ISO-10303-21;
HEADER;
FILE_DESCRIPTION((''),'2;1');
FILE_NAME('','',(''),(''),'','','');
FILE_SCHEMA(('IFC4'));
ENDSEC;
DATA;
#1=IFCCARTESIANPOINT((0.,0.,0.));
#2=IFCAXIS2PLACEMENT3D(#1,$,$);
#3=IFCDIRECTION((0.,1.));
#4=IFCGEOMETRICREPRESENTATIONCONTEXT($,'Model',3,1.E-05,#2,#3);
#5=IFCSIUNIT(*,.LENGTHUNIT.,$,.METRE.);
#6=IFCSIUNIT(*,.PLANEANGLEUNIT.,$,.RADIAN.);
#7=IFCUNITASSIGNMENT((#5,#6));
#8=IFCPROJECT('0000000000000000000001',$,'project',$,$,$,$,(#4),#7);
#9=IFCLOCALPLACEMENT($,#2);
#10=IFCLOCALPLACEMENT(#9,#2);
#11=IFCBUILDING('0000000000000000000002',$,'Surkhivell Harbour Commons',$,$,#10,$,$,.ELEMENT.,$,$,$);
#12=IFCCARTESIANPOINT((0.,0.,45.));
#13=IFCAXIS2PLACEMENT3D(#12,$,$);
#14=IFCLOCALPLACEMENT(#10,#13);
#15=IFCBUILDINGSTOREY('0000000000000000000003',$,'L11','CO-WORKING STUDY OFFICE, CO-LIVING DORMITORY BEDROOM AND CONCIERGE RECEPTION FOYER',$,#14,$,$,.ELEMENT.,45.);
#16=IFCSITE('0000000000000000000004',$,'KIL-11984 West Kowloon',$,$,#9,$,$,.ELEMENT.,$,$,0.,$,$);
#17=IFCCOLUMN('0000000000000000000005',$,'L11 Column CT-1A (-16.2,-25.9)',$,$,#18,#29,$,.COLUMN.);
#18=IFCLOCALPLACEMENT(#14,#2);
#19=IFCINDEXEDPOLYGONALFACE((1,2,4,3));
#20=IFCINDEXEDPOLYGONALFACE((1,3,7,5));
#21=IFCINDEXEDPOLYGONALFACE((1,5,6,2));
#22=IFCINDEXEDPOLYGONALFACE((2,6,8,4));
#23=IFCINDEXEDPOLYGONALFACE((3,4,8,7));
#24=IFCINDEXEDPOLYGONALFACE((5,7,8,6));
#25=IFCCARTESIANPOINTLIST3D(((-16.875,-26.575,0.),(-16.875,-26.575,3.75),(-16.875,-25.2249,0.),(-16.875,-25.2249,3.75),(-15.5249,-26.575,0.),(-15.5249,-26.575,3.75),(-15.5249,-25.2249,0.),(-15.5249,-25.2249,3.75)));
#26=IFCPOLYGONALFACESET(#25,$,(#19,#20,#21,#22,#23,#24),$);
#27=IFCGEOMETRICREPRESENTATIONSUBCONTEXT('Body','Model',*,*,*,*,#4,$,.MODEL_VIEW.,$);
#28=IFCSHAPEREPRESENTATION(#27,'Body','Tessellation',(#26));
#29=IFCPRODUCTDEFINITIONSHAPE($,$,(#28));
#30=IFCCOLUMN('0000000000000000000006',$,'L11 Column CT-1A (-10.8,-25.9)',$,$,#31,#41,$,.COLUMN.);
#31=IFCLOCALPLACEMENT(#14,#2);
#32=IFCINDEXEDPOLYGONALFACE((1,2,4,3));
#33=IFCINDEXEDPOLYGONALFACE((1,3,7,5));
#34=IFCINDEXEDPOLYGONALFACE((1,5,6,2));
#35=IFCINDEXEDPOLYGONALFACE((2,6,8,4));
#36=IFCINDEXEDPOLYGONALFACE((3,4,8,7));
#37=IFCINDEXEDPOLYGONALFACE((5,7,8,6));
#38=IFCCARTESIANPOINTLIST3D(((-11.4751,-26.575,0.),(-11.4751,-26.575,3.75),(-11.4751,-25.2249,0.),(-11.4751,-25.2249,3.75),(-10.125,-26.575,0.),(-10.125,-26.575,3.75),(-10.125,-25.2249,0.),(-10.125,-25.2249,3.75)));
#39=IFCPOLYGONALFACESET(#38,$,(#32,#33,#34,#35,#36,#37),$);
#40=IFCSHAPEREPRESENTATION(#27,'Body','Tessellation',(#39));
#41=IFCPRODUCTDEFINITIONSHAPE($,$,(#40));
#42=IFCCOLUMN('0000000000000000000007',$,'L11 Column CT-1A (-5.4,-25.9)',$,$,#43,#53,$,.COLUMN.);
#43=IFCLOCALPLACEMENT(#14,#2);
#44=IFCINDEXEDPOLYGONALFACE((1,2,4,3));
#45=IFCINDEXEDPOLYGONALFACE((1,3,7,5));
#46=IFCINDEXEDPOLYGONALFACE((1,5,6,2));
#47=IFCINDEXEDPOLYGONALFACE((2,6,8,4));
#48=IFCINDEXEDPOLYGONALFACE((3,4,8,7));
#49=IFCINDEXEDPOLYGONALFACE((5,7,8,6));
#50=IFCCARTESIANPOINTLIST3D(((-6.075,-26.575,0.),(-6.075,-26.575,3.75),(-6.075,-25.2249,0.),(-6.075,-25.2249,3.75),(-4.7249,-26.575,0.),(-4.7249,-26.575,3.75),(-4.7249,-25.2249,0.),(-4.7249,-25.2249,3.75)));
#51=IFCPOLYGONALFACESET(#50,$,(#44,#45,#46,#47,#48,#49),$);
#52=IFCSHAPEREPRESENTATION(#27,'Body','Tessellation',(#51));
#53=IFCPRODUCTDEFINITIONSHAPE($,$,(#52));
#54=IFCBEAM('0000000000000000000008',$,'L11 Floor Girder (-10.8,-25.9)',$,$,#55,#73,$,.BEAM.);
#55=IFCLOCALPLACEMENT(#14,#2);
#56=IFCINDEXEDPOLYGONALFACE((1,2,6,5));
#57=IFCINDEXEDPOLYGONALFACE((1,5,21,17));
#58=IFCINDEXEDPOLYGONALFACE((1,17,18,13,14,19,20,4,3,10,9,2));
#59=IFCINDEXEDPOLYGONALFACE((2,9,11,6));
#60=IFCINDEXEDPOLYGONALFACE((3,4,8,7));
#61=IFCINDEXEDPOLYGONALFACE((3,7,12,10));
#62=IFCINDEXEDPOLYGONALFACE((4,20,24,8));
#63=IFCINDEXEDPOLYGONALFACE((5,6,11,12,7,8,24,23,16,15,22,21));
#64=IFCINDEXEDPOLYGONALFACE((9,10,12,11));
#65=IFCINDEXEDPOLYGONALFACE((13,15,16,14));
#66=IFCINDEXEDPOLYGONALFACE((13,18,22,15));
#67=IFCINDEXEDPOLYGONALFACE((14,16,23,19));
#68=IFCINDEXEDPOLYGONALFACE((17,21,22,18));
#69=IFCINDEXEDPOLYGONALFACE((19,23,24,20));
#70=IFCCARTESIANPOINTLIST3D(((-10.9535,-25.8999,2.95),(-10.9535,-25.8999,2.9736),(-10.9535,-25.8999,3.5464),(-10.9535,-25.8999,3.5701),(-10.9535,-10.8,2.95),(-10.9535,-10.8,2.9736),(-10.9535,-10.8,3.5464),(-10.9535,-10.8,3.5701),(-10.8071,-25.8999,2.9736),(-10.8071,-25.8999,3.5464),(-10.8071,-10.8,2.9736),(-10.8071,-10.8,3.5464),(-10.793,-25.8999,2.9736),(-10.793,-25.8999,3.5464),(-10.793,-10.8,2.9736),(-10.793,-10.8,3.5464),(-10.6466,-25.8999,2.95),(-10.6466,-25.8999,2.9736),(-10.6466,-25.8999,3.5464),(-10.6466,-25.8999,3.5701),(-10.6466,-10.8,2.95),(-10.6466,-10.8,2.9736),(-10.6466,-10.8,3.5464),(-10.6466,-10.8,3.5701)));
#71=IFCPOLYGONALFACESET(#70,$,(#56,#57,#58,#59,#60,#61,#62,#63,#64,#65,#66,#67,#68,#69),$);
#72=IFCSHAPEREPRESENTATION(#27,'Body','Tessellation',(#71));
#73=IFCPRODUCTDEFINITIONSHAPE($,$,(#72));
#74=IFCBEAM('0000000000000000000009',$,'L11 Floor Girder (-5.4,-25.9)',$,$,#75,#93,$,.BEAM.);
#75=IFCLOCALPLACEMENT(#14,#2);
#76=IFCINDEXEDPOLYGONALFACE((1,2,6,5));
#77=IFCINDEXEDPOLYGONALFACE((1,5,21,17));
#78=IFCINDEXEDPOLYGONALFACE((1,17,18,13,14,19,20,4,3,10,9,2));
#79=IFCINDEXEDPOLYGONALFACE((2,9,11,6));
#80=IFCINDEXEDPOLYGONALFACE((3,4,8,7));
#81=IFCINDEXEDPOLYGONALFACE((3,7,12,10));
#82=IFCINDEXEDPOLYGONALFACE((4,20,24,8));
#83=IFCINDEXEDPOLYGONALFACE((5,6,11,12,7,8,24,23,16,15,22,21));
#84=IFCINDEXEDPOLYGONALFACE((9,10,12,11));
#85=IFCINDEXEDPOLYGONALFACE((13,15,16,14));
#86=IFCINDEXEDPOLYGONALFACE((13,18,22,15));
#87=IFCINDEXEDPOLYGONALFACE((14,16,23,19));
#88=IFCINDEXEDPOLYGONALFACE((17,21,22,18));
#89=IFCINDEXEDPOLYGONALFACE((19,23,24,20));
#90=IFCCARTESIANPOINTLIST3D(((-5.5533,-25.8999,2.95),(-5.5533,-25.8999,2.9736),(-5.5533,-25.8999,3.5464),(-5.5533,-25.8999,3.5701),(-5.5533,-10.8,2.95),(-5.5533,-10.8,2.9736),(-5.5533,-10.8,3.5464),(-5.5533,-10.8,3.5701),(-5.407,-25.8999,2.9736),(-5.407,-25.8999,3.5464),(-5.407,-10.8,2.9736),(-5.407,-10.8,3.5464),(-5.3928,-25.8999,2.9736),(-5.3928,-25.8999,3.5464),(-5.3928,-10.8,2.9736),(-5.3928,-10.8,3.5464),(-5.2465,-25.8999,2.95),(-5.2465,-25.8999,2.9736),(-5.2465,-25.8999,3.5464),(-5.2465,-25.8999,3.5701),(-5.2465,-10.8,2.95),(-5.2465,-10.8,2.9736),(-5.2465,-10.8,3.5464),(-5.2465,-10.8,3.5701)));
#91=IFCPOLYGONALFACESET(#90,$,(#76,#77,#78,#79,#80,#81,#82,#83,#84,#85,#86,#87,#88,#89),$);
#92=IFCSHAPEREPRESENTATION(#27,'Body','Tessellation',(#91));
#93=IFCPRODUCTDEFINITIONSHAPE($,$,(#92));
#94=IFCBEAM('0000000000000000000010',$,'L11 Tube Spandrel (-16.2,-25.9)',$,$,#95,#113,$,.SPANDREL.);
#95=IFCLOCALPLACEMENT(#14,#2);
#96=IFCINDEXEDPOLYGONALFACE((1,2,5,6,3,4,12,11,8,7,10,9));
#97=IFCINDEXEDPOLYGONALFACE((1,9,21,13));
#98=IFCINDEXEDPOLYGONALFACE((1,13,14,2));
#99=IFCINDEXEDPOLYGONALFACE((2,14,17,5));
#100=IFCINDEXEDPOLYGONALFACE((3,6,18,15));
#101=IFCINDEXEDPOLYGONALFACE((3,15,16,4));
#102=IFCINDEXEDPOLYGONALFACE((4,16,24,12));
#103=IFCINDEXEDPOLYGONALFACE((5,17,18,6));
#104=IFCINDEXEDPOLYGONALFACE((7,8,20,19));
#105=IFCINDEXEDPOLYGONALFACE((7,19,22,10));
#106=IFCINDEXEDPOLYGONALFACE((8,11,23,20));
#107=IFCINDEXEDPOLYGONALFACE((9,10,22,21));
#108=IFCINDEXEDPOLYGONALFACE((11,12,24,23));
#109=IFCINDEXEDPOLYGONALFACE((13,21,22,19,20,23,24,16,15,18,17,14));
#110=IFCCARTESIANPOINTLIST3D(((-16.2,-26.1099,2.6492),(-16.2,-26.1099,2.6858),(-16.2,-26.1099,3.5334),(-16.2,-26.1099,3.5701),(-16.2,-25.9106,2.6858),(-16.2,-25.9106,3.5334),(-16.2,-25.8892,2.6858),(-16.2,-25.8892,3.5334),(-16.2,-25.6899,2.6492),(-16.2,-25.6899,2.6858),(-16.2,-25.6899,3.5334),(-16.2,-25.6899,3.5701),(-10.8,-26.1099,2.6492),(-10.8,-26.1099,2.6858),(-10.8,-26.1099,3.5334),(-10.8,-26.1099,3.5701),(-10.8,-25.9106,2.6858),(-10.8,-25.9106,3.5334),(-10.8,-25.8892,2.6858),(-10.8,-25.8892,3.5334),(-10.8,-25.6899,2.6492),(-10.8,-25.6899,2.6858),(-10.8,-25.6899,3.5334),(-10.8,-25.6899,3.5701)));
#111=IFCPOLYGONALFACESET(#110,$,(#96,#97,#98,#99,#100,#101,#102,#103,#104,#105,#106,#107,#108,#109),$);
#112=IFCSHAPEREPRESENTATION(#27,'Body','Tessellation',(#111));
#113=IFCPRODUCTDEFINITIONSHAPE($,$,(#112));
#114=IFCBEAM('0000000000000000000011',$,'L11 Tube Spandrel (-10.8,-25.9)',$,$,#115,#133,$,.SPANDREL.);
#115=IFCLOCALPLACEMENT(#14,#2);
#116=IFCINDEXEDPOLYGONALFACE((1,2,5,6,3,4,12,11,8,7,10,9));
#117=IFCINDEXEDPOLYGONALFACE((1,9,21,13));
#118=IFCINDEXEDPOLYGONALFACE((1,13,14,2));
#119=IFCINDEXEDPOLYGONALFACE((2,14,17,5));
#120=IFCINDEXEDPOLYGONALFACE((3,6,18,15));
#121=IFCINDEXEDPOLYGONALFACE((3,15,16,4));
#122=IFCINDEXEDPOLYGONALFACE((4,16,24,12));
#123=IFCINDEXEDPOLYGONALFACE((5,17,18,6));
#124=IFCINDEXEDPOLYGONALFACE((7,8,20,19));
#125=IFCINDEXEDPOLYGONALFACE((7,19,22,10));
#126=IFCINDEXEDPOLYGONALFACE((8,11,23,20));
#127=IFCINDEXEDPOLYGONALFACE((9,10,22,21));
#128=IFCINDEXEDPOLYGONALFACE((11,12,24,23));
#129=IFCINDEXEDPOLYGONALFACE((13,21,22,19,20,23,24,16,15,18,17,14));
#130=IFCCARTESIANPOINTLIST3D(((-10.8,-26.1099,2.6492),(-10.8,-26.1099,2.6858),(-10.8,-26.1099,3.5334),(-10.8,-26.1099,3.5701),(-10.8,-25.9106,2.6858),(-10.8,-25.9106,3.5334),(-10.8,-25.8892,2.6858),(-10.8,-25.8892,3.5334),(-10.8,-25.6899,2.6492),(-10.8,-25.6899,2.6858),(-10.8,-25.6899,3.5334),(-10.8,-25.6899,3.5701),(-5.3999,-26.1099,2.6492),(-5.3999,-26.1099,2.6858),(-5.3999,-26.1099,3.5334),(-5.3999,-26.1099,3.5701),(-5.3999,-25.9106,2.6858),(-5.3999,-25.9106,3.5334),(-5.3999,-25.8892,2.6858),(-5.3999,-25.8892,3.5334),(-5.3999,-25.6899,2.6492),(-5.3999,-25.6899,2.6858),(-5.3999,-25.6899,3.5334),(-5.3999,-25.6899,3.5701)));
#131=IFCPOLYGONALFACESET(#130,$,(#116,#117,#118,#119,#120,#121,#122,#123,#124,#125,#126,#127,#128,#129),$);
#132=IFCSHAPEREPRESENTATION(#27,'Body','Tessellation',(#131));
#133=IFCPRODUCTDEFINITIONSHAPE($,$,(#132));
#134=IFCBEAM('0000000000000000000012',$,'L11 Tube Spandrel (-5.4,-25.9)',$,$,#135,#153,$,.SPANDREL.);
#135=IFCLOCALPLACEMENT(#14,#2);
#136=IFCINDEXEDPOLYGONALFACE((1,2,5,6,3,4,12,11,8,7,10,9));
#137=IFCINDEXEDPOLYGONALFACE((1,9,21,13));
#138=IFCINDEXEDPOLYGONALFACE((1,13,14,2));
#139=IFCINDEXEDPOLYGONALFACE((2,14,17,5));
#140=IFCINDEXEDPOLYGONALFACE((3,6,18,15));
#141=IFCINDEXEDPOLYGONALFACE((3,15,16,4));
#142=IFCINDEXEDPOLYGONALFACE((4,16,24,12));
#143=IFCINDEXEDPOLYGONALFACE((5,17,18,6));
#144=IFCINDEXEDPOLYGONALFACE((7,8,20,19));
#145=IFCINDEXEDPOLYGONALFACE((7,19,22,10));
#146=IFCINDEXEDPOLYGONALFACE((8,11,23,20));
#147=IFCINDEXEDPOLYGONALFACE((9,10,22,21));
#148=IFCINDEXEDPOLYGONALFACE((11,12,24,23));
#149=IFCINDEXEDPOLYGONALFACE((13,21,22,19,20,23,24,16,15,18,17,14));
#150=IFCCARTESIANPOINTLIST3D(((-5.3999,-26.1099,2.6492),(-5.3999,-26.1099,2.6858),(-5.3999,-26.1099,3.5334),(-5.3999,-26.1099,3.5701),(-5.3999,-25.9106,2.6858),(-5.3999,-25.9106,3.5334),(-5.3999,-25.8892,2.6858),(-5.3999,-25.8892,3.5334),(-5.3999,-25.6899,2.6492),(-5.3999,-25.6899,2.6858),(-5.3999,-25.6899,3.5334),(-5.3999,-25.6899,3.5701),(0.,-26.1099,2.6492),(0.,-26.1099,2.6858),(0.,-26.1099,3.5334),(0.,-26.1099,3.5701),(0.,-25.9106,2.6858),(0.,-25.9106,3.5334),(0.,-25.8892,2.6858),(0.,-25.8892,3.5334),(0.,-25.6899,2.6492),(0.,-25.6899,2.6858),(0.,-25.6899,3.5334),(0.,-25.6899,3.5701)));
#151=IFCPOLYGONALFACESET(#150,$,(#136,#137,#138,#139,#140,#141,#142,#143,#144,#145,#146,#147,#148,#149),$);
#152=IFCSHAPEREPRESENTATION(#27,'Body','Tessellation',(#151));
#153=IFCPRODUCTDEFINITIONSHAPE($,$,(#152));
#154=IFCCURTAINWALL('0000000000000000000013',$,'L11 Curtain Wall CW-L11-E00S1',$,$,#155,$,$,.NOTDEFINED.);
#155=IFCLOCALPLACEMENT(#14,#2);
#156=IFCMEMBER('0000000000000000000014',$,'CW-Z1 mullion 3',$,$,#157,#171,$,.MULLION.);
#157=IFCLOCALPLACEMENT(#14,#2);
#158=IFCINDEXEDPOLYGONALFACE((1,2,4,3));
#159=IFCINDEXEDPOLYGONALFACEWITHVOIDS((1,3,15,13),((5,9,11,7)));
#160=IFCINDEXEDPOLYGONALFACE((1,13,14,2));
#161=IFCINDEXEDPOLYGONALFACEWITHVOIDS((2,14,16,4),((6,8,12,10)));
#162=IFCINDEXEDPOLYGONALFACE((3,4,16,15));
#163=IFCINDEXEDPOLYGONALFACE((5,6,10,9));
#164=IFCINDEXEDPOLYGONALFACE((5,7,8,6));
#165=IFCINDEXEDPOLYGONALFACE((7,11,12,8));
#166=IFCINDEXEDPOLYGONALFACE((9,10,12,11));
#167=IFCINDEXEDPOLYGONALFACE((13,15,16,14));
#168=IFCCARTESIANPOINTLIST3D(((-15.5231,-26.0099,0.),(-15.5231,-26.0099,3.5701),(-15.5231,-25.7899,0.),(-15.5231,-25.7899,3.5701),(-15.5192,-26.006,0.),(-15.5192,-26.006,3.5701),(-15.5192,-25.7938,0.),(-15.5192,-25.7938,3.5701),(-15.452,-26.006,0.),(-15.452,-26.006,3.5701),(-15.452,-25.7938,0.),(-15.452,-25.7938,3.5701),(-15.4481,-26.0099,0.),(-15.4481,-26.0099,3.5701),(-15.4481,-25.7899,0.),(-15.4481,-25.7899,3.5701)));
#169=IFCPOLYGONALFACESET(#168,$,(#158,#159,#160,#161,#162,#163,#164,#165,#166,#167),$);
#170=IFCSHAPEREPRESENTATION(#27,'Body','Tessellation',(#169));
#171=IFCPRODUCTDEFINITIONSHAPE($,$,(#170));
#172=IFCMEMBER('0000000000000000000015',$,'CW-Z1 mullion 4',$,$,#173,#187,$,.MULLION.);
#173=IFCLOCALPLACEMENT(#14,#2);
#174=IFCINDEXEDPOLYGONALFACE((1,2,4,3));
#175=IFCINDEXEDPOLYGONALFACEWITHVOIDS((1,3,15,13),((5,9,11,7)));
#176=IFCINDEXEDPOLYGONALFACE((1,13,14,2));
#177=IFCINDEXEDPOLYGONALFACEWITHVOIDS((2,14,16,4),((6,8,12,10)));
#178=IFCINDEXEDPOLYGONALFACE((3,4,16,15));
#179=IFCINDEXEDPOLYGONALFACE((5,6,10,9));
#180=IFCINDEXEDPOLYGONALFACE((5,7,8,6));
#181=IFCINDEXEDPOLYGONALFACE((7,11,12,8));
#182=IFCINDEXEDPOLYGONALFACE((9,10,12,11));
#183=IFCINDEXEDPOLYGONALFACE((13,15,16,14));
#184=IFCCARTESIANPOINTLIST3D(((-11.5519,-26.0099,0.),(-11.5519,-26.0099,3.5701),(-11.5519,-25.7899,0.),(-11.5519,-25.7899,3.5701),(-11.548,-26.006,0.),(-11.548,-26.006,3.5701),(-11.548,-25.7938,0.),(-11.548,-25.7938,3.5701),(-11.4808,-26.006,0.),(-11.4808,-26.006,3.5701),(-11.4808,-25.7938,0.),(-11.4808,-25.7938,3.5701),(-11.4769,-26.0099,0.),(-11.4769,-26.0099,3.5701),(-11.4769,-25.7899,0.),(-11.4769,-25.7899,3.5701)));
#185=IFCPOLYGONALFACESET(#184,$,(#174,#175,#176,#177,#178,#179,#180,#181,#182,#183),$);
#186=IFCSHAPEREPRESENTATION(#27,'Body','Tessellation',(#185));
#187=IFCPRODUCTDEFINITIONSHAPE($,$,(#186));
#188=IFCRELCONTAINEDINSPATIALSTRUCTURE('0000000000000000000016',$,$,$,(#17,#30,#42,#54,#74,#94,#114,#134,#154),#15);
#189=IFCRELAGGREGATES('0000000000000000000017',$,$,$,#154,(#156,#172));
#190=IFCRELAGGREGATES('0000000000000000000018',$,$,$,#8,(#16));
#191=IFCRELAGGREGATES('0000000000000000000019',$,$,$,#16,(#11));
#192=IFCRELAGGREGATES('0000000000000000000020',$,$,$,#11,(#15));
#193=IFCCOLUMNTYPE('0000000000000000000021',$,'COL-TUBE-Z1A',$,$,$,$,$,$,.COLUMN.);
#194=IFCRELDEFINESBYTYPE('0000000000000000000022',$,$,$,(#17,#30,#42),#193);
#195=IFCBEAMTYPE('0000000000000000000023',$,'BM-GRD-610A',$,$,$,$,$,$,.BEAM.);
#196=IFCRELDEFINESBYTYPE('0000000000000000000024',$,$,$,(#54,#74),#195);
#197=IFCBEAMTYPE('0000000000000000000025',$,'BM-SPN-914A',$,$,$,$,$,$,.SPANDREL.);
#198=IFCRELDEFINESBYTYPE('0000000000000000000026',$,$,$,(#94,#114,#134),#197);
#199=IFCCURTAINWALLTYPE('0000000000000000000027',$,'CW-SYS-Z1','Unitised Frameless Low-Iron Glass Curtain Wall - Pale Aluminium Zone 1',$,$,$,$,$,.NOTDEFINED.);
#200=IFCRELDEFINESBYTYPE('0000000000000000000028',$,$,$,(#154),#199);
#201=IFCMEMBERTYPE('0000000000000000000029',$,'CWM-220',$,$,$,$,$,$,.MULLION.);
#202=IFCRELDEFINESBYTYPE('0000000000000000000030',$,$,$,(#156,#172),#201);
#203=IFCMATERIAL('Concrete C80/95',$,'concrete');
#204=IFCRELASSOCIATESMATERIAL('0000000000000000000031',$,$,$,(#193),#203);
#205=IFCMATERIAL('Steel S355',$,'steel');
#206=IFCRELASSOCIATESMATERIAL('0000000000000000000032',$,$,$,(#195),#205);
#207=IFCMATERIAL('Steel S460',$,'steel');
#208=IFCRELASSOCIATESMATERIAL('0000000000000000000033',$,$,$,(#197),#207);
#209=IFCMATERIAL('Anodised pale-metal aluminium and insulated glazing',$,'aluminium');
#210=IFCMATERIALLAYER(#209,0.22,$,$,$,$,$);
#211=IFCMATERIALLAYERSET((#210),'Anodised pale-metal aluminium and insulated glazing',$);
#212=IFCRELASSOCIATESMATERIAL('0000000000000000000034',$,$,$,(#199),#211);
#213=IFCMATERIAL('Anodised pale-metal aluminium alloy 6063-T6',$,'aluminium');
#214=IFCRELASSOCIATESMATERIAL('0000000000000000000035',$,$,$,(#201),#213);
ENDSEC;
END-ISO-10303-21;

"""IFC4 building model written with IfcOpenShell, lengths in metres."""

from ifc_helpers import new_model, si_unit, direction, frame, origin, origin_2d, place, context, subcontext, project, spatial, rectangle, hollow_rectangle, i_section, extrude, material, layer, layer_set, material_profile, profile_set, type_object, element, aggregate, save


model = new_model("IFC4")

# Units and contexts
model_context = context("Model", 3, precision=1e-05, world=origin(), true_north=direction((0.0, 1.0)))
body_context = subcontext(model_context, "Body", "Model", "MODEL_VIEW")
ifc_project = project(units=[si_unit("LENGTHUNIT", "METRE"), si_unit("PLANEANGLEUNIT", "RADIAN")], contexts=[model_context])

# Site, building, storey
site_placement = place(None, origin())
site = spatial("IfcSite", under=ifc_project, at=site_placement, Name="KIL-11984 West Kowloon", CompositionType="ELEMENT", RefElevation=0.0)
building_placement = place(site_placement, origin())
building = spatial("IfcBuilding", under=site, at=building_placement, Name="Surkhivell Harbour Commons", CompositionType="ELEMENT")
storey_placement = place(building_placement, frame((0.0, 0.0, 45.0)))
storey = spatial("IfcBuildingStorey", under=building, at=storey_placement, Name="L11", Description="CO-WORKING STUDY OFFICE, CO-LIVING DORMITORY BEDROOM AND CONCIERGE RECEPTION FOYER", CompositionType="ELEMENT", Elevation=45.0)

# Columns
ifc_material_1 = material(Name="Concrete C80/95", Category="concrete")
ifc_material_profile_1 = material_profile(ifc_material_1, rectangle(XDim=1.3501, YDim=1.3501, at=origin_2d()), Name="RC-COL-1350x1350")
ifc_profile_set_1 = profile_set([ifc_material_profile_1], Name="Concrete C80/95")
column_type = type_object("IfcColumnType", Name="COL-TUBE-Z1A", PredefinedType="COLUMN", material=ifc_profile_set_1)
for number, where, z_axis, x_axis, name in (
    (1, (-16.2, -25.8999, 0.0), (0.0, 0.0, 1.0), (1.0, 0.0, 0.0), "L11 Column CT-1A (-16.2,-25.9)"),
    (2, (-10.8, -25.8999, 0.0), (0.0, 0.0, 1.0), (1.0, 0.0, 0.0), "L11 Column CT-1A (-10.8,-25.9)"),
    (3, (-5.3999, -25.8999, 0.0), (0.0, 0.0, 1.0), (1.0, 0.0, 0.0), "L11 Column CT-1A (-5.4,-25.9)"),
):
    element("IfcColumn", number, at=place(storey_placement, frame(where, z_axis=z_axis, x_axis=x_axis)), inside=storey, type_object=column_type, Name=name, PredefinedType="COLUMN", context=body_context, shape_type="SweptSolid", body=[
        extrude(rectangle(XDim=1.3501, YDim=1.3501, at=origin_2d()), origin(), (0.0, 0.0, 1.0), 3.75),
    ])

# Beams
ifc_material_2 = material(Name="Steel S355", Category="steel")
ifc_material_profile_2 = material_profile(ifc_material_2, i_section(OverallWidth=0.3069, OverallDepth=0.6201, WebThickness=0.0142, FlangeThickness=0.0237, at=origin_2d()), Name="UB610x305x179")
ifc_profile_set_2 = profile_set([ifc_material_profile_2], Name="Steel S355")
beam_type_1 = type_object("IfcBeamType", Name="BM-GRD-610A", PredefinedType="BEAM", material=ifc_profile_set_2)
for number, where, z_axis, x_axis, name in (
    (4, (-10.8, -25.8999, 3.26), (0.0, 1.0, 0.0), (-1.0, 0.0, 0.0), "L11 Floor Girder (-10.8,-25.9)"),
    (5, (-5.3999, -25.8999, 3.26), (0.0, 1.0, 0.0), (-1.0, 0.0, 0.0), "L11 Floor Girder (-5.4,-25.9)"),
):
    element("IfcBeam", number, at=place(storey_placement, frame(where, z_axis=z_axis, x_axis=x_axis)), inside=storey, type_object=beam_type_1, Name=name, PredefinedType="BEAM", context=body_context, shape_type="SweptSolid", body=[
        extrude(i_section(OverallWidth=0.3069, OverallDepth=0.6201, WebThickness=0.0142, FlangeThickness=0.0237, at=origin_2d()), origin(), (0.0, 0.0, 1.0), 15.0999),
    ])
ifc_material_3 = material(Name="Steel S460", Category="steel")
ifc_material_profile_3 = material_profile(ifc_material_3, i_section(OverallWidth=0.4199, OverallDepth=0.9209, WebThickness=0.0215, FlangeThickness=0.0366, at=origin_2d()), Name="UB914x419x388")
ifc_profile_set_3 = profile_set([ifc_material_profile_3], Name="Steel S460")
beam_type_2 = type_object("IfcBeamType", Name="BM-SPN-914A", PredefinedType="SPANDREL", material=ifc_profile_set_3)
beam_1_placement = place(storey_placement, frame((-16.2, -25.8999, 3.1096), z_axis=(1.0, 0.0, 0.0), x_axis=(0.0, 1.0, 0.0)))
element("IfcBeam", 6, at=beam_1_placement, inside=storey, type_object=beam_type_2, Name="L11 Tube Spandrel (-16.2,-25.9)", PredefinedType="SPANDREL", context=body_context, shape_type="SweptSolid", body=[
    extrude(i_section(OverallWidth=0.4199, OverallDepth=0.9209, WebThickness=0.0215, FlangeThickness=0.0366, at=origin_2d()), origin(), (0.0, 0.0, 1.0), 5.3999),
])
beam_2_placement = place(storey_placement, frame((-10.8, -25.8999, 3.1096), z_axis=(1.0, 0.0, 0.0), x_axis=(0.0, 1.0, 0.0)))
element("IfcBeam", 7, at=beam_2_placement, inside=storey, type_object=beam_type_2, Name="L11 Tube Spandrel (-10.8,-25.9)", PredefinedType="SPANDREL", context=body_context, shape_type="SweptSolid", body=[
    extrude(i_section(OverallWidth=0.4199, OverallDepth=0.9209, WebThickness=0.0215, FlangeThickness=0.0366, at=origin_2d()), origin(), (0.0, 0.0, 1.0), 5.4001),
])
beam_3_placement = place(storey_placement, frame((-5.3999, -25.8999, 3.1096), z_axis=(1.0, 0.0, 0.0), x_axis=(0.0, 1.0, 0.0)))
element("IfcBeam", 8, at=beam_3_placement, inside=storey, type_object=beam_type_2, Name="L11 Tube Spandrel (-5.4,-25.9)", PredefinedType="SPANDREL", context=body_context, shape_type="SweptSolid", body=[
    extrude(i_section(OverallWidth=0.4199, OverallDepth=0.9209, WebThickness=0.0215, FlangeThickness=0.0366, at=origin_2d()), origin(), (0.0, 0.0, 1.0), 5.3999),
])

# Curtain wall, members
ifc_material_4 = material(Name="Anodised pale-metal aluminium and insulated glazing", Category="aluminium")
ifc_layer_1 = layer(ifc_material_4, 0.22)
ifc_layer_set_1 = layer_set([ifc_layer_1], Name="Anodised pale-metal aluminium and insulated glazing")
curtain_wall_type = type_object("IfcCurtainWallType", Name="CW-SYS-Z1", Description="Unitised Frameless Low-Iron Glass Curtain Wall - Pale Aluminium Zone 1", PredefinedType="NOTDEFINED", material=ifc_layer_set_1)
curtain_wall_placement = place(storey_placement, origin())
curtain_wall = element("IfcCurtainWall", 9, at=curtain_wall_placement, inside=storey, type_object=curtain_wall_type, Name="L11 Curtain Wall CW-L11-E00S1", PredefinedType="NOTDEFINED")
ifc_material_5 = material(Name="Anodised pale-metal aluminium alloy 6063-T6", Category="aluminium")
ifc_material_profile_4 = material_profile(ifc_material_5, hollow_rectangle(XDim=0.075, YDim=0.22, WallThickness=0.0039, at=origin_2d()), Name="ALU-MULL-75x220")
ifc_profile_set_4 = profile_set([ifc_material_profile_4], Name="Anodised pale-metal aluminium alloy 6063-T6")
member_type_1 = type_object("IfcMemberType", Name="CWM-220", PredefinedType="MULLION", material=ifc_profile_set_4)
member_1_placement = place(storey_placement, frame((-15.4856, -25.8999, 0.0), z_axis=(0.0, 0.0, 1.0), x_axis=(1.0, 0.0, 0.0)))
member_1 = element("IfcMember", 10, at=member_1_placement, type_object=member_type_1, Name="CW-Z1 mullion 3", PredefinedType="MULLION", context=body_context, shape_type="SweptSolid", body=[
    extrude(hollow_rectangle(XDim=0.075, YDim=0.22, WallThickness=0.0039, at=origin_2d()), origin(), (0.0, 0.0, 1.0), 3.5701),
])
member_2_placement = place(storey_placement, frame((-11.5144, -25.8999, 0.0), z_axis=(0.0, 0.0, 1.0), x_axis=(1.0, 0.0, 0.0)))
member_2 = element("IfcMember", 11, at=member_2_placement, type_object=member_type_1, Name="CW-Z1 mullion 4", PredefinedType="MULLION", context=body_context, shape_type="SweptSolid", body=[
    extrude(hollow_rectangle(XDim=0.075, YDim=0.22, WallThickness=0.0039, at=origin_2d()), origin(), (0.0, 0.0, 1.0), 3.5701),
])

aggregate(curtain_wall, [member_1, member_2])

save(model, "model.ifc")
